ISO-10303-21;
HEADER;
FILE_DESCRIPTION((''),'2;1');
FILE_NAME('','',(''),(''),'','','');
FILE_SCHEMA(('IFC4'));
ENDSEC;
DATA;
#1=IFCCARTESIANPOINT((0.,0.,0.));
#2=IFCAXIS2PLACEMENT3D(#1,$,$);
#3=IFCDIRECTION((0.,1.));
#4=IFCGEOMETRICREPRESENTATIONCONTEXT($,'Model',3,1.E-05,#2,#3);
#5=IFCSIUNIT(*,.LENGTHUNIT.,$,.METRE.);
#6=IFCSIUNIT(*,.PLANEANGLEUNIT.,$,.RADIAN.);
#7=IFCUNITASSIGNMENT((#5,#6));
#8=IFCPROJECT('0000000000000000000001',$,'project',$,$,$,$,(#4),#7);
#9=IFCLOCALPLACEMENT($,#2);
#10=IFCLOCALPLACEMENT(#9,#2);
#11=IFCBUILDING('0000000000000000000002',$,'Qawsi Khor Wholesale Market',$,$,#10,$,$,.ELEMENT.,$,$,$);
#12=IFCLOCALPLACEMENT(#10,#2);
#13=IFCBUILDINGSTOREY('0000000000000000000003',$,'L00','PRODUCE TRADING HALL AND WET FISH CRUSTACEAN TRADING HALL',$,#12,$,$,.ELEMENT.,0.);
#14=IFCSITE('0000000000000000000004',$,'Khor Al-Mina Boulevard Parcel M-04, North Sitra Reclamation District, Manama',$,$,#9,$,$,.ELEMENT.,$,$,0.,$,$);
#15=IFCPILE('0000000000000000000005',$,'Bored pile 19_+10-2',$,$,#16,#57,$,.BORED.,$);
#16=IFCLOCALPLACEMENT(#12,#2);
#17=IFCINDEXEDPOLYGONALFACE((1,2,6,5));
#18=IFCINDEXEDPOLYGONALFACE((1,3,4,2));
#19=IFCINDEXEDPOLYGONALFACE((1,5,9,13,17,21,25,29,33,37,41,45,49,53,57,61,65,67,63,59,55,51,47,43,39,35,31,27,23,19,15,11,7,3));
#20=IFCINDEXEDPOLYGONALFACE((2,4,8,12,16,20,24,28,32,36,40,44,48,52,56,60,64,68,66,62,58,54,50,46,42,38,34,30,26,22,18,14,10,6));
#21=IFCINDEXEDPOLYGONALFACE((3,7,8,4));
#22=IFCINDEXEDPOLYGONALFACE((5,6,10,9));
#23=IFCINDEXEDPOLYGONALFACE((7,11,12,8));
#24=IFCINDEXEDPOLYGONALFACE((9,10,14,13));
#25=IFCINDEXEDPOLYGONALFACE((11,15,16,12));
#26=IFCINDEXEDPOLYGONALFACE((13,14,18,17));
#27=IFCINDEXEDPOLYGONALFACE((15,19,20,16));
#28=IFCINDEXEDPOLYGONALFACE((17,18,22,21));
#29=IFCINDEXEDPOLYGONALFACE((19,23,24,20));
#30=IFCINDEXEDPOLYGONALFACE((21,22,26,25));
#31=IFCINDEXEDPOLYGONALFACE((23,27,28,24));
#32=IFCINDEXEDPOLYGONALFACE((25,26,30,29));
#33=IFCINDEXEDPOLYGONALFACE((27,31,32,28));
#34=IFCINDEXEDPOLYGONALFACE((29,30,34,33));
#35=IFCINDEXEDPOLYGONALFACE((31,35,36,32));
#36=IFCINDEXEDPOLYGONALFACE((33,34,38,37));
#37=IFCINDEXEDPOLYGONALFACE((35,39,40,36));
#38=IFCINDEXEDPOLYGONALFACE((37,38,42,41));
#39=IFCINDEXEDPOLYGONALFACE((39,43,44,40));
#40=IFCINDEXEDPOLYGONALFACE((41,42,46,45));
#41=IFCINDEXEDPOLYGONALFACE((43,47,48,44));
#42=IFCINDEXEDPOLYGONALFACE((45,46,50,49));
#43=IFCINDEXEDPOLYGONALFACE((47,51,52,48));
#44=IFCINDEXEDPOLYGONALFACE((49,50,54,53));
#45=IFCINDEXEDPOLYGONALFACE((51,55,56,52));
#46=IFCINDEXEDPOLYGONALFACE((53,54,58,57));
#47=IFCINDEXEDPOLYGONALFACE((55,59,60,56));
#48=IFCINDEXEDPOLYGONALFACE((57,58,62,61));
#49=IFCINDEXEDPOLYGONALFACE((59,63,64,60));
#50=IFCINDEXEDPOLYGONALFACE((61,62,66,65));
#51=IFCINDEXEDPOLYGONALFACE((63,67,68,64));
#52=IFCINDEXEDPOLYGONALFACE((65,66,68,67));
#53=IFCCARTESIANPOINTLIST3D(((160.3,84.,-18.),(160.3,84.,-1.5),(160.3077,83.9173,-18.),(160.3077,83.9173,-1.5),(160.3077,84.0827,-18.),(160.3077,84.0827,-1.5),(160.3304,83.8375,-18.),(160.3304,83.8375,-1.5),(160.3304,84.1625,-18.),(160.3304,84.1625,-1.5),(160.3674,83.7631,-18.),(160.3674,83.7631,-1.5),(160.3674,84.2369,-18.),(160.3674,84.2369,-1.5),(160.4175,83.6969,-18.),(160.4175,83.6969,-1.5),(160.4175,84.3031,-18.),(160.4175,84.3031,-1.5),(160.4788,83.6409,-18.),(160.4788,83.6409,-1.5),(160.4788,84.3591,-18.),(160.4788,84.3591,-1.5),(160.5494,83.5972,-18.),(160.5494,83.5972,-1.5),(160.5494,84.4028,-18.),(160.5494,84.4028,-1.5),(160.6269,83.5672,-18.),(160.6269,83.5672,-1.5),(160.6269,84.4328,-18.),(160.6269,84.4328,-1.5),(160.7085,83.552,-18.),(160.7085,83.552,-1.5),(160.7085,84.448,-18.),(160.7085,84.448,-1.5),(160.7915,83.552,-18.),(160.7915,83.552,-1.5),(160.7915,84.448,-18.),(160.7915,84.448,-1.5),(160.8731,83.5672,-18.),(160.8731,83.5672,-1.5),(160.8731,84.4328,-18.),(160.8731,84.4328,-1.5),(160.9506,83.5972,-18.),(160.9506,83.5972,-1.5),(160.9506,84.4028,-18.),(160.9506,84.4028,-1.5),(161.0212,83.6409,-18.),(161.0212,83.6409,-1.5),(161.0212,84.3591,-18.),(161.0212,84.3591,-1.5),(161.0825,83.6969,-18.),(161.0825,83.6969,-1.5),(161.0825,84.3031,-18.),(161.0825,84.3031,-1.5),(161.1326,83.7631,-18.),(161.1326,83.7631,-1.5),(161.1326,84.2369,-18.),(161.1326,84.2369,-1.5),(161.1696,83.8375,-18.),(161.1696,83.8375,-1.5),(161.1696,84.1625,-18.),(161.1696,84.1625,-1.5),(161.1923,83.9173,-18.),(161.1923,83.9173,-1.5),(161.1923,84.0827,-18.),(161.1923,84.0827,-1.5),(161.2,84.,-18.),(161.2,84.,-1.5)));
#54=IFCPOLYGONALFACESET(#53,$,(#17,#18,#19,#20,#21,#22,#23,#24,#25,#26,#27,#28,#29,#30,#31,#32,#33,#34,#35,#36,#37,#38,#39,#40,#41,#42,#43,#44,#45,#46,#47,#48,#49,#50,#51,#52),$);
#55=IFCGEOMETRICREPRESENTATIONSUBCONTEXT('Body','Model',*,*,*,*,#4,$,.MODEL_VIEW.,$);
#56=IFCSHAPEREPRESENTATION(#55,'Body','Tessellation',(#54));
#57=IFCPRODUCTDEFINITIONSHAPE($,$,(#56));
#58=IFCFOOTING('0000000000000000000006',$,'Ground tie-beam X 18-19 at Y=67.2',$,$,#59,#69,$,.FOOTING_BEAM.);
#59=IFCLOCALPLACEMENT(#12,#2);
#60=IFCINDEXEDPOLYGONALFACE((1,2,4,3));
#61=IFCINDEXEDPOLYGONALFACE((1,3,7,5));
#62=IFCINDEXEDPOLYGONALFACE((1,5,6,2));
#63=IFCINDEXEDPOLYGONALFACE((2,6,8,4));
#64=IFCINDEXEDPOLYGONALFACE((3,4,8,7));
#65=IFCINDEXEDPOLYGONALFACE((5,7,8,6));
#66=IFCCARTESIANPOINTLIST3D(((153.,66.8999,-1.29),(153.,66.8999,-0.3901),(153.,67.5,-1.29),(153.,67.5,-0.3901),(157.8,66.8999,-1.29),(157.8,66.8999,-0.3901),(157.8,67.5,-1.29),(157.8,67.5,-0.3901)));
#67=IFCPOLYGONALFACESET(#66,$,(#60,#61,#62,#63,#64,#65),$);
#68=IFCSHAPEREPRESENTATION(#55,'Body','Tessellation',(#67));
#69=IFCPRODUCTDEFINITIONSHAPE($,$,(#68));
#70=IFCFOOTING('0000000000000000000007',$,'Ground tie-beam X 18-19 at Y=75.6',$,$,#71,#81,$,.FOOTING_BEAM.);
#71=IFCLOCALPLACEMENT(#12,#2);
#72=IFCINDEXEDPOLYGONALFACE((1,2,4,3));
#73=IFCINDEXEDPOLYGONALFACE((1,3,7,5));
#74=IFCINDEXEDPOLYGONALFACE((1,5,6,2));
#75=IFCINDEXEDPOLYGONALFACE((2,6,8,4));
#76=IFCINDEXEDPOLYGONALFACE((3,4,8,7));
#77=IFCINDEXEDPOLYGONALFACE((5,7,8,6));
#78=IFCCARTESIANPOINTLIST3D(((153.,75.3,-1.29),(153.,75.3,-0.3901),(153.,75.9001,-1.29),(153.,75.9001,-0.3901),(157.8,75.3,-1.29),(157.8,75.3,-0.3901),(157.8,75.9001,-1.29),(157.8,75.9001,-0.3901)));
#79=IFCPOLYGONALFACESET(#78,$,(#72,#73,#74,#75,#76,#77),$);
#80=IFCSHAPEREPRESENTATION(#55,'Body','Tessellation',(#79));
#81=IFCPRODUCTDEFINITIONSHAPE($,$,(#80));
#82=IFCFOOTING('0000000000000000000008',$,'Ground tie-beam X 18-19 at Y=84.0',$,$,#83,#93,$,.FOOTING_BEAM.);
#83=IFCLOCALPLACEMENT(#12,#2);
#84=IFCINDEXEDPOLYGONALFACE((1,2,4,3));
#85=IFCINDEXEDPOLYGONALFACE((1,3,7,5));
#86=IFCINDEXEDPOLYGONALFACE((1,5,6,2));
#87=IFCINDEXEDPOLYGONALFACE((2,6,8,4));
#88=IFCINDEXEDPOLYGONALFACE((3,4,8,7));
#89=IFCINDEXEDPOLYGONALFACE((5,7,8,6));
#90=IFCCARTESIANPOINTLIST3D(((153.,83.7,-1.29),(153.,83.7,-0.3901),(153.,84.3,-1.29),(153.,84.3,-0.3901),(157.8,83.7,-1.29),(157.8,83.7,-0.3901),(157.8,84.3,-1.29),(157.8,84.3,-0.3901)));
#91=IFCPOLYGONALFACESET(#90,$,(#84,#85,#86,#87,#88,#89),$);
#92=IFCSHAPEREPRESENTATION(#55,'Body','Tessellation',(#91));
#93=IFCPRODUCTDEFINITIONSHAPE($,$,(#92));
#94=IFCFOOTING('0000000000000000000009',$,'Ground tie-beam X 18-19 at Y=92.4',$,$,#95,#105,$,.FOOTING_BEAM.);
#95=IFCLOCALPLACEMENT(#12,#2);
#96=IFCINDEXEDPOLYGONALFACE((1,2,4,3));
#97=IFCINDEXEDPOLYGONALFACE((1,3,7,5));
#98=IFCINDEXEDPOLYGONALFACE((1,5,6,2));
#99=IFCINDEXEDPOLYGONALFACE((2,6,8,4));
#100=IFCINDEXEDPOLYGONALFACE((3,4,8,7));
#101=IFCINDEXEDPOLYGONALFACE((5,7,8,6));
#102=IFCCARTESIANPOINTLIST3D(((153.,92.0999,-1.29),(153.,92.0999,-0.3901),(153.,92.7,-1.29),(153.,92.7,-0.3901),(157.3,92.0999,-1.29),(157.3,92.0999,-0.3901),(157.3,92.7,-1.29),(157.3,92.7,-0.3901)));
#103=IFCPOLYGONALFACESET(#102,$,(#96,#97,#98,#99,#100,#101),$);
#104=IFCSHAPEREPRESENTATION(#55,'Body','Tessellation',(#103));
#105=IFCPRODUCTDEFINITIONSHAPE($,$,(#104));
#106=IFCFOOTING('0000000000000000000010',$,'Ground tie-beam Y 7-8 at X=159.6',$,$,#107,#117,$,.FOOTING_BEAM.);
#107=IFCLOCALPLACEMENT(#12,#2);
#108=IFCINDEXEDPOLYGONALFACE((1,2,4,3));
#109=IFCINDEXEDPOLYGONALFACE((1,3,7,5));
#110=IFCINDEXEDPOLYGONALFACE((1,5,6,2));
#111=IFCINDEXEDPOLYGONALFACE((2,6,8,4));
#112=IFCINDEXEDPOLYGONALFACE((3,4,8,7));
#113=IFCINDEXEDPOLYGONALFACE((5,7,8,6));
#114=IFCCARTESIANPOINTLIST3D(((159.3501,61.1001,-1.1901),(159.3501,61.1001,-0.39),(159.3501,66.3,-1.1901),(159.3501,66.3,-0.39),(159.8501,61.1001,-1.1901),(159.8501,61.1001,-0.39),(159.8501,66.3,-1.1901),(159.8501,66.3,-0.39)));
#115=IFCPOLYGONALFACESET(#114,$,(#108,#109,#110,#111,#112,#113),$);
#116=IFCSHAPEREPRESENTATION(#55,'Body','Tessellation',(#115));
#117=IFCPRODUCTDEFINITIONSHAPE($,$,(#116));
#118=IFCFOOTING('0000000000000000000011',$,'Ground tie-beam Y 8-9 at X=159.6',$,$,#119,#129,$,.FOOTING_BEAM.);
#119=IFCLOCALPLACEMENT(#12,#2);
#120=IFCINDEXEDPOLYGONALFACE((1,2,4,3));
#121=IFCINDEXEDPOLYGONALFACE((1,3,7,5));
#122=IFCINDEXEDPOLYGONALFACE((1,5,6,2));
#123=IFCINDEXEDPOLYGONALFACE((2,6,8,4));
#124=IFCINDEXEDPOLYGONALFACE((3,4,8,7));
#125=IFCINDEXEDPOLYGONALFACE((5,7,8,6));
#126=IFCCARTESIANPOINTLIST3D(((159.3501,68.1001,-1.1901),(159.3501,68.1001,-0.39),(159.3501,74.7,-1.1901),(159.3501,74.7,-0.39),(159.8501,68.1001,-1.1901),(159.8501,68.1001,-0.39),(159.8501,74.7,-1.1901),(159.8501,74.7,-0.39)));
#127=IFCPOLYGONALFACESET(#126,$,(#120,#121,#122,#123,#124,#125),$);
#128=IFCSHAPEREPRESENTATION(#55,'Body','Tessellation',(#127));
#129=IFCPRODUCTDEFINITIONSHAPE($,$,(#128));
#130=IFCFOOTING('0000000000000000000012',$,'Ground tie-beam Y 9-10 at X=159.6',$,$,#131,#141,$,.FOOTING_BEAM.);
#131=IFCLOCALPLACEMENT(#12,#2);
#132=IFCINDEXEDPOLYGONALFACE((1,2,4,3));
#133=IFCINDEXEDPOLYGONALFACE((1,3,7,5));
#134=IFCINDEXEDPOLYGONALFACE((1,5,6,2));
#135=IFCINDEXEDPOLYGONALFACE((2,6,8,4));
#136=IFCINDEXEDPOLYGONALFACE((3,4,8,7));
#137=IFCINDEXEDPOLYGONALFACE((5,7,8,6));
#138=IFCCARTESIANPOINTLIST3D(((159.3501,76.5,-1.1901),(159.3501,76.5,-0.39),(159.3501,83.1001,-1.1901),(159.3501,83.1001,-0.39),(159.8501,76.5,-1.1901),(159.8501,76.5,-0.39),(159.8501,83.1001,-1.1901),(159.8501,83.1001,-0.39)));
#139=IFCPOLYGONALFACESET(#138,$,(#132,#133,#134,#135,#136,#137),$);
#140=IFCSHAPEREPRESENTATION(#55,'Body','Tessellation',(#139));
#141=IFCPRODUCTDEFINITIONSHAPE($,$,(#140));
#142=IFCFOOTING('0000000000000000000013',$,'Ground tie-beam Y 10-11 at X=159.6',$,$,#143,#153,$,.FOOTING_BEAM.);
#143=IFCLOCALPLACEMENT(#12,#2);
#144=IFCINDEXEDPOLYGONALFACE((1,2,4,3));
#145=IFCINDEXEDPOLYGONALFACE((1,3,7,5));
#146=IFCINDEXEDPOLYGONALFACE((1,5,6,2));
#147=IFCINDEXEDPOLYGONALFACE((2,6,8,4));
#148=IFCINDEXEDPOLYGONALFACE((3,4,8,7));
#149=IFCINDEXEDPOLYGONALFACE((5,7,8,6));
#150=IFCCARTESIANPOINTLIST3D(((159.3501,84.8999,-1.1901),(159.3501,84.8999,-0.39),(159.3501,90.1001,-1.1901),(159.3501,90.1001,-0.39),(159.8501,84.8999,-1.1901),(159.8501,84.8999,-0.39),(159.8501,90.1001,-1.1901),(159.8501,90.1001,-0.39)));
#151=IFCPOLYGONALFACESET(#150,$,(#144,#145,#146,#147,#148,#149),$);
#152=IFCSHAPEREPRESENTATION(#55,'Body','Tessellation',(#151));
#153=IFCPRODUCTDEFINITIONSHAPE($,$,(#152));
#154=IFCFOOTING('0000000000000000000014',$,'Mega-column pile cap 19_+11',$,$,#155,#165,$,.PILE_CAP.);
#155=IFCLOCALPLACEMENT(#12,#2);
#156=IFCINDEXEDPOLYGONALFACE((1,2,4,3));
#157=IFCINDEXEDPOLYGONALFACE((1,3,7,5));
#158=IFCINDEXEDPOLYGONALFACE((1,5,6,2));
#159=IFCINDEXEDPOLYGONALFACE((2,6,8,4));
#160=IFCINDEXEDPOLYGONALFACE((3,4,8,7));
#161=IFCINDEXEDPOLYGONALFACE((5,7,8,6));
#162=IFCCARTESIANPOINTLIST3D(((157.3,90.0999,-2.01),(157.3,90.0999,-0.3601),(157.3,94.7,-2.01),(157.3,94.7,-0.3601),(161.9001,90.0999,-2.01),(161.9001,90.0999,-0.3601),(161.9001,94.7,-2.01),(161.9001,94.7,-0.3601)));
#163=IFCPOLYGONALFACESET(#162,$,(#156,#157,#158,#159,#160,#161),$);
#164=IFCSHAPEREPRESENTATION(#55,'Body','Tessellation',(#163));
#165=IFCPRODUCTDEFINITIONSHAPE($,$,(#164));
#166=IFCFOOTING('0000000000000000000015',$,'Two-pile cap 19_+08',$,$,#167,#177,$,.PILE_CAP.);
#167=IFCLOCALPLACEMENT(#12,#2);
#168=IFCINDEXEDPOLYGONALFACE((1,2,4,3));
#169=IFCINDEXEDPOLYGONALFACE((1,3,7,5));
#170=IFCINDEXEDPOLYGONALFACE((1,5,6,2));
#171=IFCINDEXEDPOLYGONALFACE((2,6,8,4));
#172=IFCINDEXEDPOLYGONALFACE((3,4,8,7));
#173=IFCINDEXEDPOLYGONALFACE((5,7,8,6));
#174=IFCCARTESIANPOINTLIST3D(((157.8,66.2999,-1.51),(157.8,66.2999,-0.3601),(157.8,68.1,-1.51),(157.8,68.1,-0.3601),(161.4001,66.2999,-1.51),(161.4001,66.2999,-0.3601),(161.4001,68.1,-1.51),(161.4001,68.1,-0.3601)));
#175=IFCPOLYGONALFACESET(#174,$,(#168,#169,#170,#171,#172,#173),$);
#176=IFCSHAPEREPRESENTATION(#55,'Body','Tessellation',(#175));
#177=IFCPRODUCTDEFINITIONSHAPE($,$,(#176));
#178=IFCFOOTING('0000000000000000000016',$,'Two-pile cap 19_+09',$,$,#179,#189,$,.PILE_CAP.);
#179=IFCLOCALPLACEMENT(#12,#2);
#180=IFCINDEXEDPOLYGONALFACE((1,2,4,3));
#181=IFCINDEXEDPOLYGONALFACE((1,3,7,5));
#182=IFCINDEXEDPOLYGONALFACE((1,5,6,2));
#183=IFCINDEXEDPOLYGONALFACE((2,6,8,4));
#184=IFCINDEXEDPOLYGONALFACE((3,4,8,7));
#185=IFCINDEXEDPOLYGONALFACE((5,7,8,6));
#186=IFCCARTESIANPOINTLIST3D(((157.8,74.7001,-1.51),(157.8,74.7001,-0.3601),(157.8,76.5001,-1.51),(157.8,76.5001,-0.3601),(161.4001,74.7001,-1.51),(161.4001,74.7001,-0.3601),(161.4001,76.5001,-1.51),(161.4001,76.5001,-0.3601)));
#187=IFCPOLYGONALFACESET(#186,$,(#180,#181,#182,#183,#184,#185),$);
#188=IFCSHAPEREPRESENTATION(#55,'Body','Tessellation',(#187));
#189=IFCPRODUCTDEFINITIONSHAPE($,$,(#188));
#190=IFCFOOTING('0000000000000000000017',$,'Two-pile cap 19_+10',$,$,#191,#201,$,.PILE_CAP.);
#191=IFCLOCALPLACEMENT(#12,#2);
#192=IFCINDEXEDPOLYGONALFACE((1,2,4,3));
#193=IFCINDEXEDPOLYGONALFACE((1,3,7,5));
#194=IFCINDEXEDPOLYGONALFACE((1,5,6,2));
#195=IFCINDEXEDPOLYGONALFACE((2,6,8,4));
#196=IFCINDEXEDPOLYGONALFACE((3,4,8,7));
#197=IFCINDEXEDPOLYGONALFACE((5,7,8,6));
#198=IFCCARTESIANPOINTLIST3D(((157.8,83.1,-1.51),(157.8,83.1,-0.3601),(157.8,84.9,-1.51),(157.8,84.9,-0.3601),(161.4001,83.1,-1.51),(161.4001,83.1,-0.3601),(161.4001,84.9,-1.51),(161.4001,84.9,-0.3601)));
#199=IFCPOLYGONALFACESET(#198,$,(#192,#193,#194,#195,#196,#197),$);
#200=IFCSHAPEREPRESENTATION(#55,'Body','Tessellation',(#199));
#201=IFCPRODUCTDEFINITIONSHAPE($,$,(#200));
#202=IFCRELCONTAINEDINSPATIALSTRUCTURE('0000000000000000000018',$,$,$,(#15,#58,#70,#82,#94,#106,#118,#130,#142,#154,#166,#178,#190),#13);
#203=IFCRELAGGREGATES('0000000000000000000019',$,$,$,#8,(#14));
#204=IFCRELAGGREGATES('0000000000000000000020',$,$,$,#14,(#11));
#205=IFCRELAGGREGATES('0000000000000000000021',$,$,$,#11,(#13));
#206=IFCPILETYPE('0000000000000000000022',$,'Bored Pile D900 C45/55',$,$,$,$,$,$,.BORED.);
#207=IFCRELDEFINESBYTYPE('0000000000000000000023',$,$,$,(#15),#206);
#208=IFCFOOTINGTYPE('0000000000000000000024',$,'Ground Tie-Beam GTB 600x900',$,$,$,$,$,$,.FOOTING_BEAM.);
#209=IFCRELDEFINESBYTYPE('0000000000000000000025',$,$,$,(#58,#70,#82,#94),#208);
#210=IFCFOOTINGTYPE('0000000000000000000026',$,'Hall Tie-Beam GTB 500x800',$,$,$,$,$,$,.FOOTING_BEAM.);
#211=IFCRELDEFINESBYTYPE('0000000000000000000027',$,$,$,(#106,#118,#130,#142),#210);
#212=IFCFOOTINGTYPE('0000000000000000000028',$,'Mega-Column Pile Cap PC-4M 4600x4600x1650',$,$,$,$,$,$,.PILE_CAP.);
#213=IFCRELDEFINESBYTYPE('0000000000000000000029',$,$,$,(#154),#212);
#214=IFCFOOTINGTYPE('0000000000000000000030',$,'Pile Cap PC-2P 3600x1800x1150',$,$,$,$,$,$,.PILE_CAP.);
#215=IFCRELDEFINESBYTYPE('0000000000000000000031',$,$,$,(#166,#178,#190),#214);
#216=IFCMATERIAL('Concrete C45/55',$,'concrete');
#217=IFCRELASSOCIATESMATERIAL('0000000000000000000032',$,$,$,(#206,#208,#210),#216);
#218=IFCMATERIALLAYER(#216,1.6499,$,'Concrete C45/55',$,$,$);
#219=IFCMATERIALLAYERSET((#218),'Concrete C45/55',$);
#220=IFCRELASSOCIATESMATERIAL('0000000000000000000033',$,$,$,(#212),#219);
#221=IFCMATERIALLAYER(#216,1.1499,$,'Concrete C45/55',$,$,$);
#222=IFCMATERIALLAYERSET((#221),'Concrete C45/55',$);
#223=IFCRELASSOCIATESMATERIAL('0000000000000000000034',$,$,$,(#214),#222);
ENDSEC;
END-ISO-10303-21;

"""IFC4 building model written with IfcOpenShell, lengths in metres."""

from ifc_helpers import new_model, si_unit, direction, frame, origin, origin_2d, place, context, subcontext, project, spatial, rectangle, circle, extrude, material, layer, layer_set, material_profile, profile_set, type_object, element, save


model = new_model("IFC4")

# Units and contexts
model_context = context("Model", 3, precision=1e-05, world=origin(), true_north=direction((0.0, 1.0)))
body_context = subcontext(model_context, "Body", "Model", "MODEL_VIEW")
ifc_project = project(units=[si_unit("LENGTHUNIT", "METRE"), si_unit("PLANEANGLEUNIT", "RADIAN")], contexts=[model_context])

# Site, building, storey
site_placement = place(None, origin())
site = spatial("IfcSite", under=ifc_project, at=site_placement, Name="Khor Al-Mina Boulevard Parcel M-04, North Sitra Reclamation District, Manama", CompositionType="ELEMENT", RefElevation=0.0)
building_placement = place(site_placement, origin())
building = spatial("IfcBuilding", under=site, at=building_placement, Name="Qawsi Khor Wholesale Market", CompositionType="ELEMENT")
storey_placement = place(building_placement, origin())
storey = spatial("IfcBuildingStorey", under=building, at=storey_placement, Name="L00", Description="PRODUCE TRADING HALL AND WET FISH CRUSTACEAN TRADING HALL", CompositionType="ELEMENT", Elevation=0.0)

# Pile
ifc_material_1 = material(Name="Concrete C45/55", Category="concrete")
ifc_material_profile_1 = material_profile(ifc_material_1, circle(Radius=0.45, at=origin_2d()), Name="PILE D900")
ifc_profile_set_1 = profile_set([ifc_material_profile_1], Name="Concrete C45/55")
pile_type_1 = type_object("IfcPileType", Name="Bored Pile D900 C45/55", PredefinedType="BORED", material=ifc_profile_set_1)
for number, where, z_axis, x_axis, name in (
    (1, (160.75, 84.0, -1.5), (0.0, 0.0, -1.0), (1.0, 0.0, 0.0), "Bored pile 19_+10-2"),
):
    element("IfcPile", number, at=place(storey_placement, frame(where, z_axis=z_axis, x_axis=x_axis)), inside=storey, type_object=pile_type_1, Name=name, PredefinedType="BORED", context=body_context, shape_type="SweptSolid", body=[
        extrude(circle(Radius=0.45, at=origin_2d()), origin(), (0.0, 0.0, 1.0), 16.5),
    ])

# Footings
ifc_material_profile_2 = material_profile(ifc_material_1, rectangle(XDim=0.6001, YDim=0.8999, at=origin_2d()), Name="RC 600x900")
ifc_profile_set_2 = profile_set([ifc_material_profile_2], Name="Concrete C45/55")
footing_type_1 = type_object("IfcFootingType", Name="Ground Tie-Beam GTB 600x900", PredefinedType="FOOTING_BEAM", material=ifc_profile_set_2)
for number, where, z_axis, x_axis, name in (
    (2, (153.0, 67.2, -0.8401), (1.0, 0.0, 0.0), (0.0, 1.0, 0.0), "Ground tie-beam X 18-19 at Y=67.2"),
    (3, (153.0, 75.6001, -0.8401), (1.0, 0.0, 0.0), (0.0, 1.0, 0.0), "Ground tie-beam X 18-19 at Y=75.6"),
    (4, (153.0, 84.0, -0.8401), (1.0, 0.0, 0.0), (0.0, 1.0, 0.0), "Ground tie-beam X 18-19 at Y=84.0"),
):
    element("IfcFooting", number, at=place(storey_placement, frame(where, z_axis=z_axis, x_axis=x_axis)), inside=storey, type_object=footing_type_1, Name=name, PredefinedType="FOOTING_BEAM", context=body_context, shape_type="SweptSolid", body=[
        extrude(rectangle(XDim=0.6001, YDim=0.8999, at=origin_2d()), origin(), (0.0, 0.0, 1.0), 4.8),
    ])
footing_1_placement = place(storey_placement, frame((153.0, 92.3999, -0.8401), z_axis=(1.0, 0.0, 0.0), x_axis=(0.0, 1.0, 0.0)))
element("IfcFooting", 5, at=footing_1_placement, inside=storey, type_object=footing_type_1, Name="Ground tie-beam X 18-19 at Y=92.4", PredefinedType="FOOTING_BEAM", context=body_context, shape_type="SweptSolid", body=[
    extrude(rectangle(XDim=0.6001, YDim=0.8999, at=origin_2d()), origin(), (0.0, 0.0, 1.0), 4.3),
])
ifc_material_profile_3 = material_profile(ifc_material_1, rectangle(XDim=0.5, YDim=0.8, at=origin_2d()), Name="RC 500x800")
ifc_profile_set_3 = profile_set([ifc_material_profile_3], Name="Concrete C45/55")
footing_type_2 = type_object("IfcFootingType", Name="Hall Tie-Beam GTB 500x800", PredefinedType="FOOTING_BEAM", material=ifc_profile_set_3)
footing_2_placement = place(storey_placement, frame((159.6001, 61.1001, -0.79), z_axis=(0.0, 1.0, 0.0), x_axis=(-1.0, 0.0, 0.0)))
element("IfcFooting", 6, at=footing_2_placement, inside=storey, type_object=footing_type_2, Name="Ground tie-beam Y 7-8 at X=159.6", PredefinedType="FOOTING_BEAM", context=body_context, shape_type="SweptSolid", body=[
    extrude(rectangle(XDim=0.5, YDim=0.8, at=origin_2d()), origin(), (0.0, 0.0, 1.0), 5.2),
])
footing_3_placement = place(storey_placement, frame((159.6001, 68.1001, -0.79), z_axis=(0.0, 1.0, 0.0), x_axis=(-1.0, 0.0, 0.0)))
element("IfcFooting", 7, at=footing_3_placement, inside=storey, type_object=footing_type_2, Name="Ground tie-beam Y 8-9 at X=159.6", PredefinedType="FOOTING_BEAM", context=body_context, shape_type="SweptSolid", body=[
    extrude(rectangle(XDim=0.5, YDim=0.8, at=origin_2d()), origin(), (0.0, 0.0, 1.0), 6.5999),
])
footing_4_placement = place(storey_placement, frame((159.6001, 76.5, -0.79), z_axis=(0.0, 1.0, 0.0), x_axis=(-1.0, 0.0, 0.0)))
element("IfcFooting", 8, at=footing_4_placement, inside=storey, type_object=footing_type_2, Name="Ground tie-beam Y 9-10 at X=159.6", PredefinedType="FOOTING_BEAM", context=body_context, shape_type="SweptSolid", body=[
    extrude(rectangle(XDim=0.5, YDim=0.8, at=origin_2d()), origin(), (0.0, 0.0, 1.0), 6.6001),
])
footing_5_placement = place(storey_placement, frame((159.6001, 84.8999, -0.79), z_axis=(0.0, 1.0, 0.0), x_axis=(-1.0, 0.0, 0.0)))
element("IfcFooting", 9, at=footing_5_placement, inside=storey, type_object=footing_type_2, Name="Ground tie-beam Y 10-11 at X=159.6", PredefinedType="FOOTING_BEAM", context=body_context, shape_type="SweptSolid", body=[
    extrude(rectangle(XDim=0.5, YDim=0.8, at=origin_2d()), origin(), (0.0, 0.0, 1.0), 5.2002),
])
ifc_layer_1 = layer(ifc_material_1, 1.6499, Name="Concrete C45/55")
ifc_layer_set_1 = layer_set([ifc_layer_1], Name="Concrete C45/55")
footing_type_3 = type_object("IfcFootingType", Name="Mega-Column Pile Cap PC-4M 4600x4600x1650", PredefinedType="PILE_CAP", material=ifc_layer_set_1)
footing_6_placement = place(storey_placement, frame((159.6001, 92.3999, -2.01), z_axis=(0.0, 0.0, 1.0), x_axis=(1.0, 0.0, 0.0)))
element("IfcFooting", 10, at=footing_6_placement, inside=storey, type_object=footing_type_3, Name="Mega-column pile cap 19_+11", PredefinedType="PILE_CAP", context=body_context, shape_type="SweptSolid", body=[
    extrude(rectangle(XDim=4.6001, YDim=4.6001, at=origin_2d()), origin(), (0.0, 0.0, 1.0), 1.6499),
])
ifc_layer_2 = layer(ifc_material_1, 1.1499, Name="Concrete C45/55")
ifc_layer_set_2 = layer_set([ifc_layer_2], Name="Concrete C45/55")
footing_type_4 = type_object("IfcFootingType", Name="Pile Cap PC-2P 3600x1800x1150", PredefinedType="PILE_CAP", material=ifc_layer_set_2)
for number, where, z_axis, x_axis, name in (
    (11, (159.6001, 67.2, -1.51), (0.0, 0.0, 1.0), (1.0, 0.0, 0.0), "Two-pile cap 19_+08"),
    (12, (159.6001, 75.6001, -1.51), (0.0, 0.0, 1.0), (1.0, 0.0, 0.0), "Two-pile cap 19_+09"),
    (13, (159.6001, 84.0, -1.51), (0.0, 0.0, 1.0), (1.0, 0.0, 0.0), "Two-pile cap 19_+10"),
):
    element("IfcFooting", number, at=place(storey_placement, frame(where, z_axis=z_axis, x_axis=x_axis)), inside=storey, type_object=footing_type_4, Name=name, PredefinedType="PILE_CAP", context=body_context, shape_type="SweptSolid", body=[
        extrude(rectangle(XDim=3.6001, YDim=1.8, at=origin_2d()), origin(), (0.0, 0.0, 1.0), 1.1499),
    ])

save(model, "model.ifc")
